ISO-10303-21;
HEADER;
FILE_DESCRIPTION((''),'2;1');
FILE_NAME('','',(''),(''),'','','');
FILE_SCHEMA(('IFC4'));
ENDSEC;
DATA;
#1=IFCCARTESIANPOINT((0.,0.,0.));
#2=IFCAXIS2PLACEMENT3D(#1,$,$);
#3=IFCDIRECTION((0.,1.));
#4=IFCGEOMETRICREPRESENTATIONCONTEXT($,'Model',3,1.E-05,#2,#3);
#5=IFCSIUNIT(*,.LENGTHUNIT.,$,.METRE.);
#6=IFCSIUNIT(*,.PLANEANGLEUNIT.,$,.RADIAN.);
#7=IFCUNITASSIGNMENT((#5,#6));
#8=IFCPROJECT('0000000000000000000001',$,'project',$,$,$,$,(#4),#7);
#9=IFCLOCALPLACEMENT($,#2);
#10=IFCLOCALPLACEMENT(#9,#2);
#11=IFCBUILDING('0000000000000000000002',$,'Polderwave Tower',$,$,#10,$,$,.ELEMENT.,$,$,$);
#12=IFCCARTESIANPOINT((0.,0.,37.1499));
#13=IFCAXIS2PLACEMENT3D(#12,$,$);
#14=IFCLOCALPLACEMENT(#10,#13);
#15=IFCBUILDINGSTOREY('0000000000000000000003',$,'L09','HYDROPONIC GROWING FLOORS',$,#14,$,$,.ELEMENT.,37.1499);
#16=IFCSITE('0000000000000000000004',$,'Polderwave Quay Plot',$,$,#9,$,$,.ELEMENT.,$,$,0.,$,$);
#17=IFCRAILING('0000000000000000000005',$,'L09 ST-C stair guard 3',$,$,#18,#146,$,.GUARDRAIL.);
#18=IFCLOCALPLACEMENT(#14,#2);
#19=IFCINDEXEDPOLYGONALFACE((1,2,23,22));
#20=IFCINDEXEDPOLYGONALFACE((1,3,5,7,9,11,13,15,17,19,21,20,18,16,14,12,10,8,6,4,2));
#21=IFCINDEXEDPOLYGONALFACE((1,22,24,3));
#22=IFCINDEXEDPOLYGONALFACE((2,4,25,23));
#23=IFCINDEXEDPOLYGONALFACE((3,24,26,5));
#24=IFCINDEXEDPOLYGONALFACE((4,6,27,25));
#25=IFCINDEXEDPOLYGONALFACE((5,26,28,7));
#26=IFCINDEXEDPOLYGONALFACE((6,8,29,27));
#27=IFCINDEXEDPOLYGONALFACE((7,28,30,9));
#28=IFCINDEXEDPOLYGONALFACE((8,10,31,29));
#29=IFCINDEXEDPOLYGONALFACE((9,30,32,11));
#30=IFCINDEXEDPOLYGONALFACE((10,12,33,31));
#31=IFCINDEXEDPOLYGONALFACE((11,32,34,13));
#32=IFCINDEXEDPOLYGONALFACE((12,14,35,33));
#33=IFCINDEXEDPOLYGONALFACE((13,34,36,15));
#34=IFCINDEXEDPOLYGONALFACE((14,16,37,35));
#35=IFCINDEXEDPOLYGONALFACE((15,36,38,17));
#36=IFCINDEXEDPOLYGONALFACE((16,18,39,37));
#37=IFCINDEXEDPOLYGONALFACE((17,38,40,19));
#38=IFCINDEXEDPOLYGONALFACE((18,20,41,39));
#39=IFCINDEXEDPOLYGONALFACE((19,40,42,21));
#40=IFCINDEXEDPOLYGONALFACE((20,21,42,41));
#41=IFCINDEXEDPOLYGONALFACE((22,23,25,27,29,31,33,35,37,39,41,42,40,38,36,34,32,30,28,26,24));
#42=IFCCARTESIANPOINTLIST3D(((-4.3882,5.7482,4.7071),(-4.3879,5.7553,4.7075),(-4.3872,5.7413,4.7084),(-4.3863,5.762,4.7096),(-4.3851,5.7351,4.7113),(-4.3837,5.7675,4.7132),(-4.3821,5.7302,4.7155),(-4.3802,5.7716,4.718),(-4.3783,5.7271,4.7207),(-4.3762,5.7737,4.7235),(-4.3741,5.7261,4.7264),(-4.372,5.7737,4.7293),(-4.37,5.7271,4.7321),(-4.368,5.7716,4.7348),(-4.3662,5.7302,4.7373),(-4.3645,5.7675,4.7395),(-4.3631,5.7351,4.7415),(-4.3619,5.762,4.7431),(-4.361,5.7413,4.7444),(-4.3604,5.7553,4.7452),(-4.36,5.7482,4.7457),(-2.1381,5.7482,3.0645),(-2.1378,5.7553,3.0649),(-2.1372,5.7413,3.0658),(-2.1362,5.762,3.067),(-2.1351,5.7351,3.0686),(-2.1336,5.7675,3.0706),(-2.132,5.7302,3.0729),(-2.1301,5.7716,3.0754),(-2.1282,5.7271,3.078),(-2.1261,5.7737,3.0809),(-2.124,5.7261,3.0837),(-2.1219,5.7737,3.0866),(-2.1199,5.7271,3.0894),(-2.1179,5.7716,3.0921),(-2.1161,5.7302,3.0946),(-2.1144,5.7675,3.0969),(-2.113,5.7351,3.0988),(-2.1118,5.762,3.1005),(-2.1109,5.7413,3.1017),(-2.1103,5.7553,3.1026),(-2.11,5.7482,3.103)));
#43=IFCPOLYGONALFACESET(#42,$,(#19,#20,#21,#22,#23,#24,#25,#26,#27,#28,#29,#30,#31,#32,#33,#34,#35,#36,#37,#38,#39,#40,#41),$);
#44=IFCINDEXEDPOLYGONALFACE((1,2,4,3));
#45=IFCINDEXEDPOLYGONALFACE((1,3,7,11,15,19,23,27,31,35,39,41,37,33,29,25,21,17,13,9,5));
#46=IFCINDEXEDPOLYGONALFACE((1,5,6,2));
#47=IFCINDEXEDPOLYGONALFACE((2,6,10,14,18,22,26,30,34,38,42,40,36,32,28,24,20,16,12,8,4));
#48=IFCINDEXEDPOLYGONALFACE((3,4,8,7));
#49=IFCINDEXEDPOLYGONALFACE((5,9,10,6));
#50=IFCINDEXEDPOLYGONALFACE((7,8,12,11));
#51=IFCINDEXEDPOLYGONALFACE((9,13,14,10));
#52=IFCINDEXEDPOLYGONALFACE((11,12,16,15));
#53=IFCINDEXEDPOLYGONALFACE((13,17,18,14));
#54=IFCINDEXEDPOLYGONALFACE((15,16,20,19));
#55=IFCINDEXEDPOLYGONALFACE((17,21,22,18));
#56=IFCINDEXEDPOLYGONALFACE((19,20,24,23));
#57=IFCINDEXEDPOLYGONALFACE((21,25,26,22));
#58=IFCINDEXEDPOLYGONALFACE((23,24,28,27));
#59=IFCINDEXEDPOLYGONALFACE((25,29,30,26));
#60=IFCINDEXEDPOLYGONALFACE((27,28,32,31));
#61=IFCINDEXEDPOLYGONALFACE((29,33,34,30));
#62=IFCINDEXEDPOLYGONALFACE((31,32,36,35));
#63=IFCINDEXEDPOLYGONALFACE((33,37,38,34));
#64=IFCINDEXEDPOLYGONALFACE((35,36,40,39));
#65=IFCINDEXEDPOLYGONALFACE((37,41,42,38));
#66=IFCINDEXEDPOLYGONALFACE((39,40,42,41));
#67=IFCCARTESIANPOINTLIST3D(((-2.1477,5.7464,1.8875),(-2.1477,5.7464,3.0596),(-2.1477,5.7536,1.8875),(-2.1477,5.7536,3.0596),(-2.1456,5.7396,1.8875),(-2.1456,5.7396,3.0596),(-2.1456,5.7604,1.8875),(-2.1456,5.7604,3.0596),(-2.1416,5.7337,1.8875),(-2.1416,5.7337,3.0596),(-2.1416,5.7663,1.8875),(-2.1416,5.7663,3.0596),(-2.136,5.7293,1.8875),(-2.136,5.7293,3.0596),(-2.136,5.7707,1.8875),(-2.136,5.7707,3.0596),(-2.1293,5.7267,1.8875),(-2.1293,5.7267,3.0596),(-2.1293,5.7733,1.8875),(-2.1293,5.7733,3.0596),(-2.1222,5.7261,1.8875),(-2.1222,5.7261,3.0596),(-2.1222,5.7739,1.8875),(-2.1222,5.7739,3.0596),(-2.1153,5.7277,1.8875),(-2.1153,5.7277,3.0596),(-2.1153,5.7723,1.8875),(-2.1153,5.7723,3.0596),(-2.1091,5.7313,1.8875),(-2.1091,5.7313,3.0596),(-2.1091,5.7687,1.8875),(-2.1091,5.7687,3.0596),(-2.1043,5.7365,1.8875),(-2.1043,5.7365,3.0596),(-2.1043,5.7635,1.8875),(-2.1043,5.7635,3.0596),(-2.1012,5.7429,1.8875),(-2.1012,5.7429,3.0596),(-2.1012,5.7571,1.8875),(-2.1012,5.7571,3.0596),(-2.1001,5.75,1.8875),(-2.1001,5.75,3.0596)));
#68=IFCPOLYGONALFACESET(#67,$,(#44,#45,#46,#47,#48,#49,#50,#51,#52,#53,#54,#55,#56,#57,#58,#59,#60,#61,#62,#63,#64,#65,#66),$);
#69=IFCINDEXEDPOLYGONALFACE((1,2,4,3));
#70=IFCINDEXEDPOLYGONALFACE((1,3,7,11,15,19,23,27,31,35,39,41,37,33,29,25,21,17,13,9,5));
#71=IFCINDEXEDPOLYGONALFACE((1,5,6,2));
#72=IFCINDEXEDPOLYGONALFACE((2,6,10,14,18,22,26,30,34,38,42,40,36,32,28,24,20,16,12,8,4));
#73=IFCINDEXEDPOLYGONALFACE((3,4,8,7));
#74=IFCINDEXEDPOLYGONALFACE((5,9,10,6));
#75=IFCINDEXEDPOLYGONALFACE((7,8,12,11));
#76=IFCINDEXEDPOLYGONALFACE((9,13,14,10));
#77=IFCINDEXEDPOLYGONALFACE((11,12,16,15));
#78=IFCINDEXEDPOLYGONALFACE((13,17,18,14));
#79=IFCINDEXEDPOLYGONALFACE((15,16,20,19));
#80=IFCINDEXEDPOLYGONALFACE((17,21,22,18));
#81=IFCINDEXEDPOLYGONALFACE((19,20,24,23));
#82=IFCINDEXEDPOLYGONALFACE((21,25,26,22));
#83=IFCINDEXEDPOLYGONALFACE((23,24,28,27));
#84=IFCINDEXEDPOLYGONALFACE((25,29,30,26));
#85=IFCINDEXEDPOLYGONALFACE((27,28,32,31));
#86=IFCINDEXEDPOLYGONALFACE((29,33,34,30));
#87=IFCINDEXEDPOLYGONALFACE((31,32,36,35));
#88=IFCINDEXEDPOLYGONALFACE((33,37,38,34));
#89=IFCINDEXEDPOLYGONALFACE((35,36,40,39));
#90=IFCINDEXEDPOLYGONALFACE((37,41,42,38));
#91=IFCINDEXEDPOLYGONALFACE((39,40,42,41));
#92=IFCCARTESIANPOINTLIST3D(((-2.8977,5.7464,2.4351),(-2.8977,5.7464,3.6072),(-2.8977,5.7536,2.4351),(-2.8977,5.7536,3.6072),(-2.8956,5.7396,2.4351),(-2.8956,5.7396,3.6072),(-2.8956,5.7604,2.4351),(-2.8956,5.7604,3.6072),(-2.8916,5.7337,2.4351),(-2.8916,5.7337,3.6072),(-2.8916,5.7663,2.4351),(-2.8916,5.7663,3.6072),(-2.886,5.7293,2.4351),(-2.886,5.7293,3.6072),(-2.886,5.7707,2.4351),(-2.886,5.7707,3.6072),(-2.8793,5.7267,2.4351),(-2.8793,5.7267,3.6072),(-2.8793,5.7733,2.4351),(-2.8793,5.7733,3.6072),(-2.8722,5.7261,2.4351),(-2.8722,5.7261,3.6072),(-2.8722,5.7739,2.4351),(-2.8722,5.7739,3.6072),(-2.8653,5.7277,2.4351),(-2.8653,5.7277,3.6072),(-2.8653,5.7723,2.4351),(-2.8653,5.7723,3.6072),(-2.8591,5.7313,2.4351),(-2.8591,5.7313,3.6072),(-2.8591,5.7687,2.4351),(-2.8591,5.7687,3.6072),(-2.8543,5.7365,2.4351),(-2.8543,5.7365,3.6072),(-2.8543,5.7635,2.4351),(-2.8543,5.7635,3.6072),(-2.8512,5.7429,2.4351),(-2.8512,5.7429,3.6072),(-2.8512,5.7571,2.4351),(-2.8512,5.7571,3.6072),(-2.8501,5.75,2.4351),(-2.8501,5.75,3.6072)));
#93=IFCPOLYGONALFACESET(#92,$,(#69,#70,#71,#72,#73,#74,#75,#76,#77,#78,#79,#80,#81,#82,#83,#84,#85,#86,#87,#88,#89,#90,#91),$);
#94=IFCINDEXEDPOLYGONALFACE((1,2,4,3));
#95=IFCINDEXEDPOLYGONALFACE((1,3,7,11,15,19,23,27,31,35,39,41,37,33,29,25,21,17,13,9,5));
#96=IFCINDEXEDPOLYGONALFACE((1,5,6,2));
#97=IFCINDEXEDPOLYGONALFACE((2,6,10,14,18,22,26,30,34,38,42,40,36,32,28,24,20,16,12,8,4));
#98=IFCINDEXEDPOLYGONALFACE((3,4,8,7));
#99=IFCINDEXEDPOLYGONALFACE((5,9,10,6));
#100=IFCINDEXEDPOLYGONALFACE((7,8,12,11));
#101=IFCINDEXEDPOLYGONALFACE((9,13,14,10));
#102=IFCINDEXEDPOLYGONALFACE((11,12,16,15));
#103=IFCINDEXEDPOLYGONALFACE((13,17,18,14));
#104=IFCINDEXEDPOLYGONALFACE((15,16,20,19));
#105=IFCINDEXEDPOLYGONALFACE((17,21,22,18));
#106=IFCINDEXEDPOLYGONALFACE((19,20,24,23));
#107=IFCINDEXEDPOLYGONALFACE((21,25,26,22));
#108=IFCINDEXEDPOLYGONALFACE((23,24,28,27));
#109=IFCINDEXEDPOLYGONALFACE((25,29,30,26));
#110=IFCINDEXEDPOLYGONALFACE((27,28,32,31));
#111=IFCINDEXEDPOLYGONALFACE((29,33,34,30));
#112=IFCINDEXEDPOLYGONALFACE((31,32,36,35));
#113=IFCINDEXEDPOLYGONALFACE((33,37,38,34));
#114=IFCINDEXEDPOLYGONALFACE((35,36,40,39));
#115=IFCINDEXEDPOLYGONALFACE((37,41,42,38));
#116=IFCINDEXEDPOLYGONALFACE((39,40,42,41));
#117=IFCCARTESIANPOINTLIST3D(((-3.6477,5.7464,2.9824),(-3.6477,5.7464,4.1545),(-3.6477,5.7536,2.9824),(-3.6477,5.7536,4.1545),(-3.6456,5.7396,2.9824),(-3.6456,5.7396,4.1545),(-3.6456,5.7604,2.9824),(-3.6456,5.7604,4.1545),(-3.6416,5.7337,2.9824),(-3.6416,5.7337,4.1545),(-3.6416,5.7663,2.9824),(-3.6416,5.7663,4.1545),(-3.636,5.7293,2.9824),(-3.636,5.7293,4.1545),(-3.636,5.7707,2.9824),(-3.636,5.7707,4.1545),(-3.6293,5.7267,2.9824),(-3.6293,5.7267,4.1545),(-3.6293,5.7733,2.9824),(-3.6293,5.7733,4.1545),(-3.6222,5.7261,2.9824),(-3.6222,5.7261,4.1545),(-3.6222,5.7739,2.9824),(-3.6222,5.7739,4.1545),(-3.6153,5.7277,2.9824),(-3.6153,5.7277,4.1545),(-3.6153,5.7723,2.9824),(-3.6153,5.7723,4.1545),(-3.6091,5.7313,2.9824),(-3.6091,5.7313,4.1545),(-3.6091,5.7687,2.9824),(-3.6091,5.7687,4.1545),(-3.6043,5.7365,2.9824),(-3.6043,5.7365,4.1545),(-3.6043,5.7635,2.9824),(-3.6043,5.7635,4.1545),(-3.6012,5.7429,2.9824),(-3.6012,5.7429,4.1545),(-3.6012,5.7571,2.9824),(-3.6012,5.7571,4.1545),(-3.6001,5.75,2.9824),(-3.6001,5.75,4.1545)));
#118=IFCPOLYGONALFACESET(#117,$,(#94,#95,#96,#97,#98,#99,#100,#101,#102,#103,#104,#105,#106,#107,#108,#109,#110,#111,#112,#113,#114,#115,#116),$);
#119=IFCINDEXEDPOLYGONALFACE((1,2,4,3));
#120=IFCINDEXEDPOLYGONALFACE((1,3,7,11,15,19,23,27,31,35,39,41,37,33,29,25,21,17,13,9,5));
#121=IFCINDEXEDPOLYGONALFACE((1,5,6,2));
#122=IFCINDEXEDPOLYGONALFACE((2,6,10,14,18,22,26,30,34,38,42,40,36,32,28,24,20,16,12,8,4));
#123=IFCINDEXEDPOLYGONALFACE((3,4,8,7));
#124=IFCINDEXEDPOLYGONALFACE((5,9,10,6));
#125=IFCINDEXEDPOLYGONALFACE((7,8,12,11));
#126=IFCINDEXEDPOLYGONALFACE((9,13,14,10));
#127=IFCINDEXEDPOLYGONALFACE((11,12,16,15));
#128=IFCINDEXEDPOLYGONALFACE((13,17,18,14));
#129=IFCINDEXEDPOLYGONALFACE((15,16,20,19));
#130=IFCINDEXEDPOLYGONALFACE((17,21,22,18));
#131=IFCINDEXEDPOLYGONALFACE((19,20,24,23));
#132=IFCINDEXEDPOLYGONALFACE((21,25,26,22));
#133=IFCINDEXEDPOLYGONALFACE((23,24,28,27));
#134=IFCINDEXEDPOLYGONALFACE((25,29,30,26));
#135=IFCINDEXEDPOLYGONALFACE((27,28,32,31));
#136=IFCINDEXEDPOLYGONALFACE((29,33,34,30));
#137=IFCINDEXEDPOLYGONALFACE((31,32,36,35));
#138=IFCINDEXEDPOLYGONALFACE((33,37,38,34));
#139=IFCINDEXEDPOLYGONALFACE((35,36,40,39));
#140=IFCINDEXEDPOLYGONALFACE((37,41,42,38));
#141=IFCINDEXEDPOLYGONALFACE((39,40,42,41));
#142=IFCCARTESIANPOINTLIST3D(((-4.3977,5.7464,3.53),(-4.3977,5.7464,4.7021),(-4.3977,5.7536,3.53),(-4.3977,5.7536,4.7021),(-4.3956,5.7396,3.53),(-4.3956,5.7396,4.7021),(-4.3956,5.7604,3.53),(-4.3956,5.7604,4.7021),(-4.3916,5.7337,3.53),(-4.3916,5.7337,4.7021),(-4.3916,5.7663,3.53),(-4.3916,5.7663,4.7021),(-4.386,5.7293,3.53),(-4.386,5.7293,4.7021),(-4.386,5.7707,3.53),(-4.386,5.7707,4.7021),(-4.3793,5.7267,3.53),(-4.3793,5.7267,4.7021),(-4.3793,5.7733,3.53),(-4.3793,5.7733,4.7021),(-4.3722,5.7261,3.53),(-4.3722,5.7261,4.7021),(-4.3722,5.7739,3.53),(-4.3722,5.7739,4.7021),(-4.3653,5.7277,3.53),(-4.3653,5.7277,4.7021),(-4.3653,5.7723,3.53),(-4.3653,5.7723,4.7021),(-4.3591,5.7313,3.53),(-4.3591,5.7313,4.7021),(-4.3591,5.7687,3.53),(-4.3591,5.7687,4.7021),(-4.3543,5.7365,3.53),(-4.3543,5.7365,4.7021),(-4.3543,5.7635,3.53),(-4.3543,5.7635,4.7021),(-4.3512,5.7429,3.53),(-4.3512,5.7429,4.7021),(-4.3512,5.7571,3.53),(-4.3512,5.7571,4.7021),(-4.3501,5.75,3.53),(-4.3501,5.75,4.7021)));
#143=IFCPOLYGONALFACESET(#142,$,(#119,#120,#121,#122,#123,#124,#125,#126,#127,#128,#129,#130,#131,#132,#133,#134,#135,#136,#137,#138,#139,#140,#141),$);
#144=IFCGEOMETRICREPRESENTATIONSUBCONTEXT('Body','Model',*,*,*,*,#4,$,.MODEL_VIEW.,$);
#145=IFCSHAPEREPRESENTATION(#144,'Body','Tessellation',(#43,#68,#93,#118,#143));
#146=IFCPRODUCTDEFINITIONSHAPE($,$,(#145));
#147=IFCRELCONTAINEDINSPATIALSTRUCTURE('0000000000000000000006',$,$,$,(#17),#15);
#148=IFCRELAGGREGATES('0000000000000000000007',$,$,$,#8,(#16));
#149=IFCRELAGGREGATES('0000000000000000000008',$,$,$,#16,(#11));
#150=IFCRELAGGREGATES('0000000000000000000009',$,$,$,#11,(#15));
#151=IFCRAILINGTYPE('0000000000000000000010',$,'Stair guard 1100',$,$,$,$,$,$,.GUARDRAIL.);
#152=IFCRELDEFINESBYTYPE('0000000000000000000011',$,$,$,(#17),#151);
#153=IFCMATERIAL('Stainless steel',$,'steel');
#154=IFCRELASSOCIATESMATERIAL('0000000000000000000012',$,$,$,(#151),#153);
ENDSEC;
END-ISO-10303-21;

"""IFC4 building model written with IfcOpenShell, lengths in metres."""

from ifc_helpers import new_model, si_unit, direction, frame, origin, origin_2d, place, context, subcontext, project, spatial, circle, extrude, material, type_object, element, save


model = new_model("IFC4")

# Units and contexts
model_context = context("Model", 3, precision=1e-05, world=origin(), true_north=direction((0.0, 1.0)))
body_context = subcontext(model_context, "Body", "Model", "MODEL_VIEW")
ifc_project = project(units=[si_unit("LENGTHUNIT", "METRE"), si_unit("PLANEANGLEUNIT", "RADIAN")], contexts=[model_context])

# Site, building, storey
site_placement = place(None, origin())
site = spatial("IfcSite", under=ifc_project, at=site_placement, Name="Polderwave Quay Plot", CompositionType="ELEMENT", RefElevation=0.0)
building_placement = place(site_placement, origin())
building = spatial("IfcBuilding", under=site, at=building_placement, Name="Polderwave Tower", CompositionType="ELEMENT")
storey_placement = place(building_placement, frame((0.0, 0.0, 37.1499)))
storey = spatial("IfcBuildingStorey", under=building, at=storey_placement, Name="L09", Description="HYDROPONIC GROWING FLOORS", CompositionType="ELEMENT", Elevation=37.1499)

# Railing
ifc_material_1 = material(Name="Stainless steel", Category="steel")
railing_type_1 = type_object("IfcRailingType", Name="Stair guard 1100", PredefinedType="GUARDRAIL", material=ifc_material_1)
railing_1_placement = place(storey_placement, frame((-2.124, 5.75, 1.8875)))
element("IfcRailing", 1, at=railing_1_placement, inside=storey, type_object=railing_type_1, Name="L09 ST-C stair guard 3", PredefinedType="GUARDRAIL", context=body_context, shape_type="SweptSolid", body=[
    extrude(circle(Radius=0.0239, at=origin_2d()), frame((0.0, 0.0, 1.1963), z_axis=(-0.807674, 0.0, 0.58963), x_axis=(0.0, -1.0, 0.0)), (0.0, 0.0, 1.0), 2.7859),
    extrude(circle(Radius=0.0239, at=origin_2d()), origin(), (0.0, 0.0, 1.0), 1.1721),
    extrude(circle(Radius=0.0239, at=origin_2d()), frame((-0.75, 0.0, 0.5476)), (0.0, 0.0, 1.0), 1.1721),
    extrude(circle(Radius=0.0239, at=origin_2d()), frame((-1.5, 0.0, 1.095)), (0.0, 0.0, 1.0), 1.1721),
    extrude(circle(Radius=0.0239, at=origin_2d()), frame((-2.25, 0.0, 1.6426)), (0.0, 0.0, 1.0), 1.1721),
])

save(model, "model.ifc")
